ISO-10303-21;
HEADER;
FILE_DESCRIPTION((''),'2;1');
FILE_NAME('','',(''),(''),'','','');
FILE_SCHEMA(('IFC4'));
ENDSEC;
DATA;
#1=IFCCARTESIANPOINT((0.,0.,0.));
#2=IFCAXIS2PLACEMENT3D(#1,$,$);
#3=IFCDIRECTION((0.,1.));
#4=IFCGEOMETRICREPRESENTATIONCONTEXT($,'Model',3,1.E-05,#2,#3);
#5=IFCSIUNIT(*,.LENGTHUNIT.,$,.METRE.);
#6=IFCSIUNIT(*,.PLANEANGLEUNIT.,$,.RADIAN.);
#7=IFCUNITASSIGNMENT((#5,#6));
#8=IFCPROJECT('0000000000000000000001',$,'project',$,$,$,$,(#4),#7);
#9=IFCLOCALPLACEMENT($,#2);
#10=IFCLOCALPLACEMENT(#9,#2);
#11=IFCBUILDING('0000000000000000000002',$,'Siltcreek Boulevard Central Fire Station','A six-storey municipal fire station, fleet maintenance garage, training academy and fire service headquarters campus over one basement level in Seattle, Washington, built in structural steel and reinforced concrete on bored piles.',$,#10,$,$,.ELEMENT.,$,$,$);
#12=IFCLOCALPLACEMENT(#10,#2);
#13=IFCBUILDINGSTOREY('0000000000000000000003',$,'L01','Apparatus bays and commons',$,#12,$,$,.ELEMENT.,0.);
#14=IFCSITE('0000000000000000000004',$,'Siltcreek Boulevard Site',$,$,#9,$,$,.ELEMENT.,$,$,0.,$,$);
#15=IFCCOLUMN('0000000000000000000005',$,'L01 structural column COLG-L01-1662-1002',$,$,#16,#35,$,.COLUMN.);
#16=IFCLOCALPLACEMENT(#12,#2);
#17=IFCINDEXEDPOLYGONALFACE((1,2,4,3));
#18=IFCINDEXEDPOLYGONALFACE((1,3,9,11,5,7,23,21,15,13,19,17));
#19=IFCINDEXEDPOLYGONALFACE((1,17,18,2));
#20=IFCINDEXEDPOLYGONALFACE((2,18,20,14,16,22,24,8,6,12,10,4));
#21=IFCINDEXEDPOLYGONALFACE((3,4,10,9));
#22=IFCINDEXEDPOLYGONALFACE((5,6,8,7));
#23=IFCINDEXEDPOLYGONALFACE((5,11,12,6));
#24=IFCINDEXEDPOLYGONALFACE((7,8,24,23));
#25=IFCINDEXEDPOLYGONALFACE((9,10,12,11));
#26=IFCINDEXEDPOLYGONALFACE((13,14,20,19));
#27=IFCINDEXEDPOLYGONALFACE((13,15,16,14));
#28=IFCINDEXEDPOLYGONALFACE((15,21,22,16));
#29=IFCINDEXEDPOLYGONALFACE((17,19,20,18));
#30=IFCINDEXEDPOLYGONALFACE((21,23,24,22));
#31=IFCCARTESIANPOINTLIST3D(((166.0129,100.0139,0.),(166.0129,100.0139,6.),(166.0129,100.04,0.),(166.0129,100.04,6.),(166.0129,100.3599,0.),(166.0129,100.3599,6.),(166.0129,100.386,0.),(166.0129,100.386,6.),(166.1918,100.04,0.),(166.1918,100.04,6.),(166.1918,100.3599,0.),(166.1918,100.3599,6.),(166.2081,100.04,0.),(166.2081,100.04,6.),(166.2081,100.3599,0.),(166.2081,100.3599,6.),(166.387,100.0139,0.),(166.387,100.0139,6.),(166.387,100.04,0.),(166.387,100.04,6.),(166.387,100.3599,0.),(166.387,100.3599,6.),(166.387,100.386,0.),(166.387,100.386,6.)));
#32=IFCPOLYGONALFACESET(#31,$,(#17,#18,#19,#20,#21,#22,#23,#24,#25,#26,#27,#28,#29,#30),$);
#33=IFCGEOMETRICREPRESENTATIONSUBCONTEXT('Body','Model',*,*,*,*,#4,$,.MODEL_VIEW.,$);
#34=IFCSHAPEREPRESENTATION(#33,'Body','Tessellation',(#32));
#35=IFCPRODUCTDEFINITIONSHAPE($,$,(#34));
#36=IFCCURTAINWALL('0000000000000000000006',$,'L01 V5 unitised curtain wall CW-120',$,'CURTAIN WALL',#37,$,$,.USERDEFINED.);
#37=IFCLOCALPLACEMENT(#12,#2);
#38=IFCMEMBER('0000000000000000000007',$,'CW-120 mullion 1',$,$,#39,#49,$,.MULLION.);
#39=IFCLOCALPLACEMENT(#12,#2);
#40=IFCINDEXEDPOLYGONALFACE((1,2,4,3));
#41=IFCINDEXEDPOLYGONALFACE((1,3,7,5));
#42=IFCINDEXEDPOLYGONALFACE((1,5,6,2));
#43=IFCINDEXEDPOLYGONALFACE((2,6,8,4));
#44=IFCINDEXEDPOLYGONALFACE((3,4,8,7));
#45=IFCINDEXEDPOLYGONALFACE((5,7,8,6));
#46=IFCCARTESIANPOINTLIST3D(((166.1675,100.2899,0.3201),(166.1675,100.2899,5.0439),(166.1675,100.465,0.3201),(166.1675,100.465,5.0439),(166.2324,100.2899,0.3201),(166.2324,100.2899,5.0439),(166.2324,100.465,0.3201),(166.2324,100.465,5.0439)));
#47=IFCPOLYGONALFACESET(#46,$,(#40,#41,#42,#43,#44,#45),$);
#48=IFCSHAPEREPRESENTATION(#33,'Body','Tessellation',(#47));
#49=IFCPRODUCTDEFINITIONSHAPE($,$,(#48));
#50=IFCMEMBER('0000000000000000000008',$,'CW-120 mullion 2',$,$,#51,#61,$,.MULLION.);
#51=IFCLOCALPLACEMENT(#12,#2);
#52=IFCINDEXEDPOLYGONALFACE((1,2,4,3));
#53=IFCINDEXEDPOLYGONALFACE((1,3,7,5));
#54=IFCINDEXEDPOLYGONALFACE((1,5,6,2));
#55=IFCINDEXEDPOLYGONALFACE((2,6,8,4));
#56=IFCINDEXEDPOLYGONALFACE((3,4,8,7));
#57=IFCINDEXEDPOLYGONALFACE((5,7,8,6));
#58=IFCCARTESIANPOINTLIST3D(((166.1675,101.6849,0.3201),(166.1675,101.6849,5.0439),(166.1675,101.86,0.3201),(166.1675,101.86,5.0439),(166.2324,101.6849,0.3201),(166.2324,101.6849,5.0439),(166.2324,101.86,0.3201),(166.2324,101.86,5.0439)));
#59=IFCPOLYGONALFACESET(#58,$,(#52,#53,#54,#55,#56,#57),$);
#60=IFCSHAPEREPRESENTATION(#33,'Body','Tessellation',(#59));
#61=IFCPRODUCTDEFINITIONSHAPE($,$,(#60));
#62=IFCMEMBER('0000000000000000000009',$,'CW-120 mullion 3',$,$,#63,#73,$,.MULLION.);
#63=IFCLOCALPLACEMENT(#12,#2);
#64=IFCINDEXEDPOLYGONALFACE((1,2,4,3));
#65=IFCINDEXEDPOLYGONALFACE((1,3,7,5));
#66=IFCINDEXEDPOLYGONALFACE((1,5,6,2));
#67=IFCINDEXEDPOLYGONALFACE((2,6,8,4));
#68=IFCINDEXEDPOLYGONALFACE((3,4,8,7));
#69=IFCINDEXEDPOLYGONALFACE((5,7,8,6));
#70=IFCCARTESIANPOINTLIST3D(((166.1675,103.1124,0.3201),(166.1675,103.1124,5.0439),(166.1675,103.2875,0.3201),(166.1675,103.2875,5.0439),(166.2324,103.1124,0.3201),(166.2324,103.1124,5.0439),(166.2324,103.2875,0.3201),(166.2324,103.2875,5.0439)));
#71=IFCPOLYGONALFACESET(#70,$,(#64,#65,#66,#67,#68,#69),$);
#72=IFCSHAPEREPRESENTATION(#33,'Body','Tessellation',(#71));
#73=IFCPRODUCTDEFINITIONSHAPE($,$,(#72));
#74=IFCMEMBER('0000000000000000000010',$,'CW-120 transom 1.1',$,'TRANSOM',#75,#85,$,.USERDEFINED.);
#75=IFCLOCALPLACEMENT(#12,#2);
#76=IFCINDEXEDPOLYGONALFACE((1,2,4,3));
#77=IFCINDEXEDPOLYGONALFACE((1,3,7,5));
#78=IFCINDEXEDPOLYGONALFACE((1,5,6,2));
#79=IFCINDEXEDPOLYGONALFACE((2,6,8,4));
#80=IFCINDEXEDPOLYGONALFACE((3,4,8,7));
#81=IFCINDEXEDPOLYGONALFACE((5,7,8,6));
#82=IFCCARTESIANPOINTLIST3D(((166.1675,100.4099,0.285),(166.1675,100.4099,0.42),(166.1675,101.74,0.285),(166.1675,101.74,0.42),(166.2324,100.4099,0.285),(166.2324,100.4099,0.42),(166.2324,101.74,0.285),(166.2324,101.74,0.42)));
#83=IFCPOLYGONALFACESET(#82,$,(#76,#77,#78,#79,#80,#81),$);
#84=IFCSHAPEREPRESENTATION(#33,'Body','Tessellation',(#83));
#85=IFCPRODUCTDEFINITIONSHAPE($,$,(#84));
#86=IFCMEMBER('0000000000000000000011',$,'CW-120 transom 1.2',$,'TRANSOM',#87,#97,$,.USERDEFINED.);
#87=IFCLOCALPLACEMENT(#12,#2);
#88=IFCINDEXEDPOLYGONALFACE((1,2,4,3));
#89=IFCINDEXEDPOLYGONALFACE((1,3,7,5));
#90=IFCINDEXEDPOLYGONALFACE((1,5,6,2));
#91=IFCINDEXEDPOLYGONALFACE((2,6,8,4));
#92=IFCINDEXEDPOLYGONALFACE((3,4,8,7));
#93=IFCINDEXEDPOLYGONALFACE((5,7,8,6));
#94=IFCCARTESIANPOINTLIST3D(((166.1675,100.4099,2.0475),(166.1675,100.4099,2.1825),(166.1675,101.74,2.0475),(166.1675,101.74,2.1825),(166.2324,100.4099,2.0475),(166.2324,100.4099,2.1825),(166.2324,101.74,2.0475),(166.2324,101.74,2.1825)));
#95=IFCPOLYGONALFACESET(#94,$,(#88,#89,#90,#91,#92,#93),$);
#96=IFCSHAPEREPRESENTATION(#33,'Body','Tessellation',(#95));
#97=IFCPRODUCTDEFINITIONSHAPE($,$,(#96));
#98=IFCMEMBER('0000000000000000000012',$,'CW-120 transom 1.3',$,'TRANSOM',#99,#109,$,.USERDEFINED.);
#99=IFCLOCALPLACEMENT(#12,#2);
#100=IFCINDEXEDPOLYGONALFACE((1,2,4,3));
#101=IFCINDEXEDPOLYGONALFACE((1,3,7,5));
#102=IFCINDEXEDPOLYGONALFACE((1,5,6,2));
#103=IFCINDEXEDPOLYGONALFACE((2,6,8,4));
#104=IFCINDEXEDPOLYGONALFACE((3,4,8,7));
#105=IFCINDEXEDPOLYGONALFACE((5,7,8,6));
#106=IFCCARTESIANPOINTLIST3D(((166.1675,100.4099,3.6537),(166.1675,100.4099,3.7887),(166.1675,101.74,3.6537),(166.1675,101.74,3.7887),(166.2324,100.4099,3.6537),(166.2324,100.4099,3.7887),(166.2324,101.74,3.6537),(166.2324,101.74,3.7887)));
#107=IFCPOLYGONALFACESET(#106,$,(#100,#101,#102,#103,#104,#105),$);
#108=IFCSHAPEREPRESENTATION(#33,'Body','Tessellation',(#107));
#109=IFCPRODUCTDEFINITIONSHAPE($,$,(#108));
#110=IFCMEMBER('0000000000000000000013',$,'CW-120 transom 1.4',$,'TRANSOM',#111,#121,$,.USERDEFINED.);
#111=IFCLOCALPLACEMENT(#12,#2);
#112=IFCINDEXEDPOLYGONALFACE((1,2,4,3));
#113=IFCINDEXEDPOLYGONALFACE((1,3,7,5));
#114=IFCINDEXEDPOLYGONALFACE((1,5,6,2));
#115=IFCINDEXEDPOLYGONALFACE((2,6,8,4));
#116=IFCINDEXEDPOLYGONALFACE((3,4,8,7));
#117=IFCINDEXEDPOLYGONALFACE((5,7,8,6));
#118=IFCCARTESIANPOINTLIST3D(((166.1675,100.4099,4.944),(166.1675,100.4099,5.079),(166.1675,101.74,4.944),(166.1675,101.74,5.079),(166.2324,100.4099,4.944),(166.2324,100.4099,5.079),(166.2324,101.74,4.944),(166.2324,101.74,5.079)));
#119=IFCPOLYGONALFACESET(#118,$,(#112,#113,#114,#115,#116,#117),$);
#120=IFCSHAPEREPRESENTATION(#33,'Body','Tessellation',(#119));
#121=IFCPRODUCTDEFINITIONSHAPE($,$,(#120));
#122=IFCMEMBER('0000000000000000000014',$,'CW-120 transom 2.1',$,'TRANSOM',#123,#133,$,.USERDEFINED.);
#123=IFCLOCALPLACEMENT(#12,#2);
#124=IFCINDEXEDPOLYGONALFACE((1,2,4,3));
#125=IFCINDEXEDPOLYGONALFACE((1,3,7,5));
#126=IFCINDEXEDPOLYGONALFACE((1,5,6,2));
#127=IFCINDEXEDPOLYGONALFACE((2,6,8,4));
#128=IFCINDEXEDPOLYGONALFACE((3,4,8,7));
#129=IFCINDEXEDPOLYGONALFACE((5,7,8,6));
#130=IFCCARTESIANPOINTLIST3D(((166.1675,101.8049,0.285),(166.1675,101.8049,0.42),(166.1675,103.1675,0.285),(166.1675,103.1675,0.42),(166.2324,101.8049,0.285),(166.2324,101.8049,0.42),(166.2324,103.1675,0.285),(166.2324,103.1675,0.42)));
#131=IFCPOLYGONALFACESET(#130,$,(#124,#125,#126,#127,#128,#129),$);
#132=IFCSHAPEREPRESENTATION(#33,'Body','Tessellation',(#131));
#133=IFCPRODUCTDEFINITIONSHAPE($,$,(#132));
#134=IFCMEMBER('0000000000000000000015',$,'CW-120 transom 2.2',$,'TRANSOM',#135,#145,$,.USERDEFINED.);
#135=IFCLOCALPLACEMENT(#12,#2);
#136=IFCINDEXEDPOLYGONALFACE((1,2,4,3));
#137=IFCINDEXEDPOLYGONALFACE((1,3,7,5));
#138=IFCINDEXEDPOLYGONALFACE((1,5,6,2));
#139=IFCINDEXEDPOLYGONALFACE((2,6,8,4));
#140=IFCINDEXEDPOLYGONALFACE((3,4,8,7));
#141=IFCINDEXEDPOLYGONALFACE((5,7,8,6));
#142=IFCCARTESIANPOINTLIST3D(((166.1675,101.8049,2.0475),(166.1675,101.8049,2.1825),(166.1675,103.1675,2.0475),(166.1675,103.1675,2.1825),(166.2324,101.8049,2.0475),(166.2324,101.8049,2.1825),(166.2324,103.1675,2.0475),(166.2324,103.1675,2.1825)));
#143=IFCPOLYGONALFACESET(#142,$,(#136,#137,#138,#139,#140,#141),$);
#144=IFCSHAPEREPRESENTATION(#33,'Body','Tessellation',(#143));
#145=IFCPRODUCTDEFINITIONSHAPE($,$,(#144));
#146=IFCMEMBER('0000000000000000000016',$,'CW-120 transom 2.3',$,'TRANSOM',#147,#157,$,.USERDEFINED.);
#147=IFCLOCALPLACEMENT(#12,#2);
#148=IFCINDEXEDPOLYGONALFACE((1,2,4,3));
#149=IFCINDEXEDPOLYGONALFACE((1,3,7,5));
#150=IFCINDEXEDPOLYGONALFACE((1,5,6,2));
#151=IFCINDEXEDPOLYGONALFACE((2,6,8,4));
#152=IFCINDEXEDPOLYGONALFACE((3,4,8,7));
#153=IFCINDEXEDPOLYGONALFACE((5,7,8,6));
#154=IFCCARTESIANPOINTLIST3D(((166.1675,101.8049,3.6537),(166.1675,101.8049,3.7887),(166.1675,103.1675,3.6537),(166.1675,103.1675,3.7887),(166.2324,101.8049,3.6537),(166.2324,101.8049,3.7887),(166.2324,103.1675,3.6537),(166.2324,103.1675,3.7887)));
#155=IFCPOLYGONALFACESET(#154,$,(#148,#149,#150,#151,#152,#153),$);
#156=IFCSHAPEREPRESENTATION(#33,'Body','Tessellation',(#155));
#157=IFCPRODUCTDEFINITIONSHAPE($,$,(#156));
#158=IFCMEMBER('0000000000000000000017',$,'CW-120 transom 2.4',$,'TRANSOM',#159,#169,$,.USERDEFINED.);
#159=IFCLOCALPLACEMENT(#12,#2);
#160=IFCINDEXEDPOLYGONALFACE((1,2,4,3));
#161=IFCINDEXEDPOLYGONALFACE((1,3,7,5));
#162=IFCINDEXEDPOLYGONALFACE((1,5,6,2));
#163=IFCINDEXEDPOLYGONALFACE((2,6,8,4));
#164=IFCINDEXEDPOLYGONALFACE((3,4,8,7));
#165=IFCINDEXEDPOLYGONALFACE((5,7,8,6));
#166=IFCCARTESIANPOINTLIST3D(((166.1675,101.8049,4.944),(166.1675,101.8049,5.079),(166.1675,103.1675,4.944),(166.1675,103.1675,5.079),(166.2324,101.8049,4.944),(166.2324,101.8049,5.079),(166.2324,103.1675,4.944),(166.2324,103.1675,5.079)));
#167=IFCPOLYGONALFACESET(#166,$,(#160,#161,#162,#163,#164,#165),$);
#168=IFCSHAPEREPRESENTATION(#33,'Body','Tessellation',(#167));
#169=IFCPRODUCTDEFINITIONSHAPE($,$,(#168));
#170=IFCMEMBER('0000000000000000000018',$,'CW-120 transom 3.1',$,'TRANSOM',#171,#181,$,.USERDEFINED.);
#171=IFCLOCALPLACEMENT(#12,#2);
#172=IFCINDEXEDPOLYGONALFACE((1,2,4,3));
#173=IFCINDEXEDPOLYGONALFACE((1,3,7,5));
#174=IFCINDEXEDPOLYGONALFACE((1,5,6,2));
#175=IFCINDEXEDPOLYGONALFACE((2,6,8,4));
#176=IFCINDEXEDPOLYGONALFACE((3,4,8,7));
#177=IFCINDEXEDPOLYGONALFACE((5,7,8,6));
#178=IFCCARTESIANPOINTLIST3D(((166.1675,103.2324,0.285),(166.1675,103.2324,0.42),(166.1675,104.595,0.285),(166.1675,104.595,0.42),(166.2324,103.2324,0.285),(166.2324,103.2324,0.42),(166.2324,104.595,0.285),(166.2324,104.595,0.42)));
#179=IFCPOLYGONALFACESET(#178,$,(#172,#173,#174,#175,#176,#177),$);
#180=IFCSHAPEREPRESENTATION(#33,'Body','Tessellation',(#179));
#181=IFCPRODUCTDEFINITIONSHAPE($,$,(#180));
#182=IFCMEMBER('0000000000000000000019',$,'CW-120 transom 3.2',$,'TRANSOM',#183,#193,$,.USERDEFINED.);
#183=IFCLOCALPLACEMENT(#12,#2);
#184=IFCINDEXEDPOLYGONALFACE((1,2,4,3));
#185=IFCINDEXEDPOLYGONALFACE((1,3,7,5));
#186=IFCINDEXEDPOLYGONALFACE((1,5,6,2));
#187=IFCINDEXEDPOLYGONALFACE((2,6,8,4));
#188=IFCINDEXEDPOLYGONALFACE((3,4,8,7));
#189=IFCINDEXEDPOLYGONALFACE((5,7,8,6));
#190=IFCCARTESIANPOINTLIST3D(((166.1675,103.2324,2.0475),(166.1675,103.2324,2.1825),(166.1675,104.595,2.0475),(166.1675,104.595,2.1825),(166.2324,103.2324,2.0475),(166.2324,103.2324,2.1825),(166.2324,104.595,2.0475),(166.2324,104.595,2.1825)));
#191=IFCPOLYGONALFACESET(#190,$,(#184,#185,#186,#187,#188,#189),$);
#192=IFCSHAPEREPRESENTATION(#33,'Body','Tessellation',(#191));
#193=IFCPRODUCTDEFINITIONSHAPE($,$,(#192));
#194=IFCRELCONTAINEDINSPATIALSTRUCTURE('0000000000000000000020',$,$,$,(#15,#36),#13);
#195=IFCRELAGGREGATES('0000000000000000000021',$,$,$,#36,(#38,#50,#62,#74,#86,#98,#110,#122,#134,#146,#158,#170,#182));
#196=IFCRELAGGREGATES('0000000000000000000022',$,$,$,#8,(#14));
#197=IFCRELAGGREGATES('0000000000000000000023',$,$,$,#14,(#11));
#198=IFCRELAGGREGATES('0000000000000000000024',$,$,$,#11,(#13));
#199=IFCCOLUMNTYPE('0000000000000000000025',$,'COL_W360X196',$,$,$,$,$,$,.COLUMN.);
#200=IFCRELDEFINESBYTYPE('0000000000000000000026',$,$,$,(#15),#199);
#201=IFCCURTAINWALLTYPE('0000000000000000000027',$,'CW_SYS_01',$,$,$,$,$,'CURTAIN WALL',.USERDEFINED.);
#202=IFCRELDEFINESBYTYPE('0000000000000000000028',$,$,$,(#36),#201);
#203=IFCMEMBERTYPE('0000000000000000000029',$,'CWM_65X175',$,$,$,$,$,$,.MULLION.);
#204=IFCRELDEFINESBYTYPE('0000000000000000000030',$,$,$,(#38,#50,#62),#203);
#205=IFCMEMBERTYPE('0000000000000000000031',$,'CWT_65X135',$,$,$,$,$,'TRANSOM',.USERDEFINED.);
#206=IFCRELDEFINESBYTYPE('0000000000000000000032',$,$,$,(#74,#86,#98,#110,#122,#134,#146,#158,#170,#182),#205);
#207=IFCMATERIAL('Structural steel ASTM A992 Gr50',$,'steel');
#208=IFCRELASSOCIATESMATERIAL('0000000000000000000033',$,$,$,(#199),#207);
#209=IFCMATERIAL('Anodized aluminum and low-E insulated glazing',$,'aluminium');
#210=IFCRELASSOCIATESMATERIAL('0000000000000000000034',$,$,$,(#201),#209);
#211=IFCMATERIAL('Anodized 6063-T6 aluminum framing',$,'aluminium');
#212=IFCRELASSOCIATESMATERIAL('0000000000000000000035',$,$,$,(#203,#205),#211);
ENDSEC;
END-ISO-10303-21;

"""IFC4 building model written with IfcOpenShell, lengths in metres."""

from ifc_helpers import new_model, si_unit, direction, frame, origin, origin_2d, place, context, subcontext, project, spatial, rectangle, i_section, extrude, material, material_profile, profile_set, type_object, element, aggregate, save


model = new_model("IFC4")

# Units and contexts
model_context = context("Model", 3, precision=1e-05, world=origin(), true_north=direction((0.0, 1.0)))
body_context = subcontext(model_context, "Body", "Model", "MODEL_VIEW")
ifc_project = project(units=[si_unit("LENGTHUNIT", "METRE"), si_unit("PLANEANGLEUNIT", "RADIAN")], contexts=[model_context])

# Site, building, storey
site_placement = place(None, origin())
site = spatial("IfcSite", under=ifc_project, at=site_placement, Name="Siltcreek Boulevard Site", CompositionType="ELEMENT", RefElevation=0.0)
building_placement = place(site_placement, origin())
building = spatial("IfcBuilding", under=site, at=building_placement, Name="Siltcreek Boulevard Central Fire Station", Description="A six-storey municipal fire station, fleet maintenance garage, training academy and fire service headquarters campus over one basement level in Seattle, Washington, built in structural steel and reinforced concrete on bored piles.", CompositionType="ELEMENT")
storey_placement = place(building_placement, origin())
storey = spatial("IfcBuildingStorey", under=building, at=storey_placement, Name="L01", Description="Apparatus bays and commons", CompositionType="ELEMENT", Elevation=0.0)

# Column
ifc_material_1 = material(Name="Structural steel ASTM A992 Gr50", Category="steel")
ifc_material_profile_1 = material_profile(ifc_material_1, i_section(OverallWidth=0.374, OverallDepth=0.3721, WebThickness=0.0164, FlangeThickness=0.0261, at=origin_2d()), Name="W360X196")
ifc_profile_set_1 = profile_set([ifc_material_profile_1], Name="Structural steel ASTM A992 Gr50")
column_type = type_object("IfcColumnType", Name="COL_W360X196", PredefinedType="COLUMN", material=ifc_profile_set_1)
column_placement = place(storey_placement, frame((166.2, 100.2, 0.0), z_axis=(0.0, 0.0, 1.0), x_axis=(1.0, 0.0, 0.0)))
element("IfcColumn", 1, at=column_placement, inside=storey, type_object=column_type, Name="L01 structural column COLG-L01-1662-1002", PredefinedType="COLUMN", context=body_context, shape_type="SweptSolid", body=[
    extrude(i_section(OverallWidth=0.374, OverallDepth=0.3721, WebThickness=0.0164, FlangeThickness=0.0261, at=origin_2d()), origin(), (0.0, 0.0, 1.0), 6.0),
])

# Curtain wall, members
ifc_material_2 = material(Name="Anodized aluminum and low-E insulated glazing", Category="aluminium")
curtain_wall_type = type_object("IfcCurtainWallType", Name="CW_SYS_01", ElementType="CURTAIN WALL", PredefinedType="USERDEFINED", material=ifc_material_2)
curtain_wall_placement = place(storey_placement, origin())
curtain_wall = element("IfcCurtainWall", 2, at=curtain_wall_placement, inside=storey, type_object=curtain_wall_type, Name="L01 V5 unitised curtain wall CW-120", ObjectType="CURTAIN WALL", PredefinedType="USERDEFINED")
ifc_material_3 = material(Name="Anodized 6063-T6 aluminum framing", Category="aluminium")
ifc_material_profile_2 = material_profile(ifc_material_3, rectangle(XDim=0.0649, YDim=0.175, at=origin_2d()), Name="MULL65X175")
ifc_profile_set_2 = profile_set([ifc_material_profile_2], Name="Anodized 6063-T6 aluminum framing")
member_type_1 = type_object("IfcMemberType", Name="CWM_65X175", PredefinedType="MULLION", material=ifc_profile_set_2)
member_1_placement = place(storey_placement, frame((166.2, 100.3774, 0.3201), z_axis=(0.0, 0.0, 1.0), x_axis=(-1.0, 0.0, 0.0)))
member_1 = element("IfcMember", 3, at=member_1_placement, type_object=member_type_1, Name="CW-120 mullion 1", PredefinedType="MULLION", context=body_context, shape_type="SweptSolid", body=[
    extrude(rectangle(XDim=0.0649, YDim=0.175, at=origin_2d()), origin(), (0.0, 0.0, 1.0), 4.7239),
])
member_2_placement = place(storey_placement, frame((166.2, 101.7725, 0.3201), z_axis=(0.0, 0.0, 1.0), x_axis=(-1.0, 0.0, 0.0)))
member_2 = element("IfcMember", 4, at=member_2_placement, type_object=member_type_1, Name="CW-120 mullion 2", PredefinedType="MULLION", context=body_context, shape_type="SweptSolid", body=[
    extrude(rectangle(XDim=0.0649, YDim=0.175, at=origin_2d()), origin(), (0.0, 0.0, 1.0), 4.7239),
])
member_3_placement = place(storey_placement, frame((166.2, 103.2, 0.3201), z_axis=(0.0, 0.0, 1.0), x_axis=(-1.0, 0.0, 0.0)))
member_3 = element("IfcMember", 5, at=member_3_placement, type_object=member_type_1, Name="CW-120 mullion 3", PredefinedType="MULLION", context=body_context, shape_type="SweptSolid", body=[
    extrude(rectangle(XDim=0.0649, YDim=0.175, at=origin_2d()), origin(), (0.0, 0.0, 1.0), 4.7239),
])
ifc_material_profile_3 = material_profile(ifc_material_3, rectangle(XDim=0.0649, YDim=0.135, at=origin_2d()), Name="TRAN65X135")
ifc_profile_set_3 = profile_set([ifc_material_profile_3], Name="Anodized 6063-T6 aluminum framing")
member_type_2 = type_object("IfcMemberType", Name="CWT_65X135", ElementType="TRANSOM", PredefinedType="USERDEFINED", material=ifc_profile_set_3)
member_4_placement = place(storey_placement, frame((166.2, 100.4099, 0.3525), z_axis=(0.0, 1.0, 0.0), x_axis=(-1.0, 0.0, 0.0)))
member_4 = element("IfcMember", 6, at=member_4_placement, type_object=member_type_2, Name="CW-120 transom 1.1", ObjectType="TRANSOM", PredefinedType="USERDEFINED", context=body_context, shape_type="SweptSolid", body=[
    extrude(rectangle(XDim=0.0649, YDim=0.135, at=origin_2d()), origin(), (0.0, 0.0, 1.0), 1.3301),
])
member_5_placement = place(storey_placement, frame((166.2, 100.4099, 2.115), z_axis=(0.0, 1.0, 0.0), x_axis=(-1.0, 0.0, 0.0)))
member_5 = element("IfcMember", 7, at=member_5_placement, type_object=member_type_2, Name="CW-120 transom 1.2", ObjectType="TRANSOM", PredefinedType="USERDEFINED", context=body_context, shape_type="SweptSolid", body=[
    extrude(rectangle(XDim=0.0649, YDim=0.135, at=origin_2d()), origin(), (0.0, 0.0, 1.0), 1.3301),
])
member_6_placement = place(storey_placement, frame((166.2, 100.4099, 3.7212), z_axis=(0.0, 1.0, 0.0), x_axis=(-1.0, 0.0, 0.0)))
member_6 = element("IfcMember", 8, at=member_6_placement, type_object=member_type_2, Name="CW-120 transom 1.3", ObjectType="TRANSOM", PredefinedType="USERDEFINED", context=body_context, shape_type="SweptSolid", body=[
    extrude(rectangle(XDim=0.0649, YDim=0.135, at=origin_2d()), origin(), (0.0, 0.0, 1.0), 1.3301),
])
member_7_placement = place(storey_placement, frame((166.2, 100.4099, 5.0115), z_axis=(0.0, 1.0, 0.0), x_axis=(-1.0, 0.0, 0.0)))
member_7 = element("IfcMember", 9, at=member_7_placement, type_object=member_type_2, Name="CW-120 transom 1.4", ObjectType="TRANSOM", PredefinedType="USERDEFINED", context=body_context, shape_type="SweptSolid", body=[
    extrude(rectangle(XDim=0.0649, YDim=0.135, at=origin_2d()), origin(), (0.0, 0.0, 1.0), 1.3301),
])
member_8_placement = place(storey_placement, frame((166.2, 101.8049, 0.3525), z_axis=(0.0, 1.0, 0.0), x_axis=(-1.0, 0.0, 0.0)))
member_8 = element("IfcMember", 10, at=member_8_placement, type_object=member_type_2, Name="CW-120 transom 2.1", ObjectType="TRANSOM", PredefinedType="USERDEFINED", context=body_context, shape_type="SweptSolid", body=[
    extrude(rectangle(XDim=0.0649, YDim=0.135, at=origin_2d()), origin(), (0.0, 0.0, 1.0), 1.3625),
])
member_9_placement = place(storey_placement, frame((166.2, 101.8049, 2.115), z_axis=(0.0, 1.0, 0.0), x_axis=(-1.0, 0.0, 0.0)))
member_9 = element("IfcMember", 11, at=member_9_placement, type_object=member_type_2, Name="CW-120 transom 2.2", ObjectType="TRANSOM", PredefinedType="USERDEFINED", context=body_context, shape_type="SweptSolid", body=[
    extrude(rectangle(XDim=0.0649, YDim=0.135, at=origin_2d()), origin(), (0.0, 0.0, 1.0), 1.3625),
])
member_10_placement = place(storey_placement, frame((166.2, 101.8049, 3.7212), z_axis=(0.0, 1.0, 0.0), x_axis=(-1.0, 0.0, 0.0)))
member_10 = element("IfcMember", 12, at=member_10_placement, type_object=member_type_2, Name="CW-120 transom 2.3", ObjectType="TRANSOM", PredefinedType="USERDEFINED", context=body_context, shape_type="SweptSolid", body=[
    extrude(rectangle(XDim=0.0649, YDim=0.135, at=origin_2d()), origin(), (0.0, 0.0, 1.0), 1.3625),
])
member_11_placement = place(storey_placement, frame((166.2, 101.8049, 5.0115), z_axis=(0.0, 1.0, 0.0), x_axis=(-1.0, 0.0, 0.0)))
member_11 = element("IfcMember", 13, at=member_11_placement, type_object=member_type_2, Name="CW-120 transom 2.4", ObjectType="TRANSOM", PredefinedType="USERDEFINED", context=body_context, shape_type="SweptSolid", body=[
    extrude(rectangle(XDim=0.0649, YDim=0.135, at=origin_2d()), origin(), (0.0, 0.0, 1.0), 1.3625),
])
member_12_placement = place(storey_placement, frame((166.2, 103.2324, 0.3525), z_axis=(0.0, 1.0, 0.0), x_axis=(-1.0, 0.0, 0.0)))
member_12 = element("IfcMember", 14, at=member_12_placement, type_object=member_type_2, Name="CW-120 transom 3.1", ObjectType="TRANSOM", PredefinedType="USERDEFINED", context=body_context, shape_type="SweptSolid", body=[
    extrude(rectangle(XDim=0.0649, YDim=0.135, at=origin_2d()), origin(), (0.0, 0.0, 1.0), 1.3625),
])
member_13_placement = place(storey_placement, frame((166.2, 103.2324, 2.115), z_axis=(0.0, 1.0, 0.0), x_axis=(-1.0, 0.0, 0.0)))
member_13 = element("IfcMember", 15, at=member_13_placement, type_object=member_type_2, Name="CW-120 transom 3.2", ObjectType="TRANSOM", PredefinedType="USERDEFINED", context=body_context, shape_type="SweptSolid", body=[
    extrude(rectangle(XDim=0.0649, YDim=0.135, at=origin_2d()), origin(), (0.0, 0.0, 1.0), 1.3625),
])
aggregate(curtain_wall, [member_1, member_2, member_3, member_4, member_5, member_6, member_7, member_8, member_9, member_10, member_11, member_12, member_13])

save(model, "model.ifc")
